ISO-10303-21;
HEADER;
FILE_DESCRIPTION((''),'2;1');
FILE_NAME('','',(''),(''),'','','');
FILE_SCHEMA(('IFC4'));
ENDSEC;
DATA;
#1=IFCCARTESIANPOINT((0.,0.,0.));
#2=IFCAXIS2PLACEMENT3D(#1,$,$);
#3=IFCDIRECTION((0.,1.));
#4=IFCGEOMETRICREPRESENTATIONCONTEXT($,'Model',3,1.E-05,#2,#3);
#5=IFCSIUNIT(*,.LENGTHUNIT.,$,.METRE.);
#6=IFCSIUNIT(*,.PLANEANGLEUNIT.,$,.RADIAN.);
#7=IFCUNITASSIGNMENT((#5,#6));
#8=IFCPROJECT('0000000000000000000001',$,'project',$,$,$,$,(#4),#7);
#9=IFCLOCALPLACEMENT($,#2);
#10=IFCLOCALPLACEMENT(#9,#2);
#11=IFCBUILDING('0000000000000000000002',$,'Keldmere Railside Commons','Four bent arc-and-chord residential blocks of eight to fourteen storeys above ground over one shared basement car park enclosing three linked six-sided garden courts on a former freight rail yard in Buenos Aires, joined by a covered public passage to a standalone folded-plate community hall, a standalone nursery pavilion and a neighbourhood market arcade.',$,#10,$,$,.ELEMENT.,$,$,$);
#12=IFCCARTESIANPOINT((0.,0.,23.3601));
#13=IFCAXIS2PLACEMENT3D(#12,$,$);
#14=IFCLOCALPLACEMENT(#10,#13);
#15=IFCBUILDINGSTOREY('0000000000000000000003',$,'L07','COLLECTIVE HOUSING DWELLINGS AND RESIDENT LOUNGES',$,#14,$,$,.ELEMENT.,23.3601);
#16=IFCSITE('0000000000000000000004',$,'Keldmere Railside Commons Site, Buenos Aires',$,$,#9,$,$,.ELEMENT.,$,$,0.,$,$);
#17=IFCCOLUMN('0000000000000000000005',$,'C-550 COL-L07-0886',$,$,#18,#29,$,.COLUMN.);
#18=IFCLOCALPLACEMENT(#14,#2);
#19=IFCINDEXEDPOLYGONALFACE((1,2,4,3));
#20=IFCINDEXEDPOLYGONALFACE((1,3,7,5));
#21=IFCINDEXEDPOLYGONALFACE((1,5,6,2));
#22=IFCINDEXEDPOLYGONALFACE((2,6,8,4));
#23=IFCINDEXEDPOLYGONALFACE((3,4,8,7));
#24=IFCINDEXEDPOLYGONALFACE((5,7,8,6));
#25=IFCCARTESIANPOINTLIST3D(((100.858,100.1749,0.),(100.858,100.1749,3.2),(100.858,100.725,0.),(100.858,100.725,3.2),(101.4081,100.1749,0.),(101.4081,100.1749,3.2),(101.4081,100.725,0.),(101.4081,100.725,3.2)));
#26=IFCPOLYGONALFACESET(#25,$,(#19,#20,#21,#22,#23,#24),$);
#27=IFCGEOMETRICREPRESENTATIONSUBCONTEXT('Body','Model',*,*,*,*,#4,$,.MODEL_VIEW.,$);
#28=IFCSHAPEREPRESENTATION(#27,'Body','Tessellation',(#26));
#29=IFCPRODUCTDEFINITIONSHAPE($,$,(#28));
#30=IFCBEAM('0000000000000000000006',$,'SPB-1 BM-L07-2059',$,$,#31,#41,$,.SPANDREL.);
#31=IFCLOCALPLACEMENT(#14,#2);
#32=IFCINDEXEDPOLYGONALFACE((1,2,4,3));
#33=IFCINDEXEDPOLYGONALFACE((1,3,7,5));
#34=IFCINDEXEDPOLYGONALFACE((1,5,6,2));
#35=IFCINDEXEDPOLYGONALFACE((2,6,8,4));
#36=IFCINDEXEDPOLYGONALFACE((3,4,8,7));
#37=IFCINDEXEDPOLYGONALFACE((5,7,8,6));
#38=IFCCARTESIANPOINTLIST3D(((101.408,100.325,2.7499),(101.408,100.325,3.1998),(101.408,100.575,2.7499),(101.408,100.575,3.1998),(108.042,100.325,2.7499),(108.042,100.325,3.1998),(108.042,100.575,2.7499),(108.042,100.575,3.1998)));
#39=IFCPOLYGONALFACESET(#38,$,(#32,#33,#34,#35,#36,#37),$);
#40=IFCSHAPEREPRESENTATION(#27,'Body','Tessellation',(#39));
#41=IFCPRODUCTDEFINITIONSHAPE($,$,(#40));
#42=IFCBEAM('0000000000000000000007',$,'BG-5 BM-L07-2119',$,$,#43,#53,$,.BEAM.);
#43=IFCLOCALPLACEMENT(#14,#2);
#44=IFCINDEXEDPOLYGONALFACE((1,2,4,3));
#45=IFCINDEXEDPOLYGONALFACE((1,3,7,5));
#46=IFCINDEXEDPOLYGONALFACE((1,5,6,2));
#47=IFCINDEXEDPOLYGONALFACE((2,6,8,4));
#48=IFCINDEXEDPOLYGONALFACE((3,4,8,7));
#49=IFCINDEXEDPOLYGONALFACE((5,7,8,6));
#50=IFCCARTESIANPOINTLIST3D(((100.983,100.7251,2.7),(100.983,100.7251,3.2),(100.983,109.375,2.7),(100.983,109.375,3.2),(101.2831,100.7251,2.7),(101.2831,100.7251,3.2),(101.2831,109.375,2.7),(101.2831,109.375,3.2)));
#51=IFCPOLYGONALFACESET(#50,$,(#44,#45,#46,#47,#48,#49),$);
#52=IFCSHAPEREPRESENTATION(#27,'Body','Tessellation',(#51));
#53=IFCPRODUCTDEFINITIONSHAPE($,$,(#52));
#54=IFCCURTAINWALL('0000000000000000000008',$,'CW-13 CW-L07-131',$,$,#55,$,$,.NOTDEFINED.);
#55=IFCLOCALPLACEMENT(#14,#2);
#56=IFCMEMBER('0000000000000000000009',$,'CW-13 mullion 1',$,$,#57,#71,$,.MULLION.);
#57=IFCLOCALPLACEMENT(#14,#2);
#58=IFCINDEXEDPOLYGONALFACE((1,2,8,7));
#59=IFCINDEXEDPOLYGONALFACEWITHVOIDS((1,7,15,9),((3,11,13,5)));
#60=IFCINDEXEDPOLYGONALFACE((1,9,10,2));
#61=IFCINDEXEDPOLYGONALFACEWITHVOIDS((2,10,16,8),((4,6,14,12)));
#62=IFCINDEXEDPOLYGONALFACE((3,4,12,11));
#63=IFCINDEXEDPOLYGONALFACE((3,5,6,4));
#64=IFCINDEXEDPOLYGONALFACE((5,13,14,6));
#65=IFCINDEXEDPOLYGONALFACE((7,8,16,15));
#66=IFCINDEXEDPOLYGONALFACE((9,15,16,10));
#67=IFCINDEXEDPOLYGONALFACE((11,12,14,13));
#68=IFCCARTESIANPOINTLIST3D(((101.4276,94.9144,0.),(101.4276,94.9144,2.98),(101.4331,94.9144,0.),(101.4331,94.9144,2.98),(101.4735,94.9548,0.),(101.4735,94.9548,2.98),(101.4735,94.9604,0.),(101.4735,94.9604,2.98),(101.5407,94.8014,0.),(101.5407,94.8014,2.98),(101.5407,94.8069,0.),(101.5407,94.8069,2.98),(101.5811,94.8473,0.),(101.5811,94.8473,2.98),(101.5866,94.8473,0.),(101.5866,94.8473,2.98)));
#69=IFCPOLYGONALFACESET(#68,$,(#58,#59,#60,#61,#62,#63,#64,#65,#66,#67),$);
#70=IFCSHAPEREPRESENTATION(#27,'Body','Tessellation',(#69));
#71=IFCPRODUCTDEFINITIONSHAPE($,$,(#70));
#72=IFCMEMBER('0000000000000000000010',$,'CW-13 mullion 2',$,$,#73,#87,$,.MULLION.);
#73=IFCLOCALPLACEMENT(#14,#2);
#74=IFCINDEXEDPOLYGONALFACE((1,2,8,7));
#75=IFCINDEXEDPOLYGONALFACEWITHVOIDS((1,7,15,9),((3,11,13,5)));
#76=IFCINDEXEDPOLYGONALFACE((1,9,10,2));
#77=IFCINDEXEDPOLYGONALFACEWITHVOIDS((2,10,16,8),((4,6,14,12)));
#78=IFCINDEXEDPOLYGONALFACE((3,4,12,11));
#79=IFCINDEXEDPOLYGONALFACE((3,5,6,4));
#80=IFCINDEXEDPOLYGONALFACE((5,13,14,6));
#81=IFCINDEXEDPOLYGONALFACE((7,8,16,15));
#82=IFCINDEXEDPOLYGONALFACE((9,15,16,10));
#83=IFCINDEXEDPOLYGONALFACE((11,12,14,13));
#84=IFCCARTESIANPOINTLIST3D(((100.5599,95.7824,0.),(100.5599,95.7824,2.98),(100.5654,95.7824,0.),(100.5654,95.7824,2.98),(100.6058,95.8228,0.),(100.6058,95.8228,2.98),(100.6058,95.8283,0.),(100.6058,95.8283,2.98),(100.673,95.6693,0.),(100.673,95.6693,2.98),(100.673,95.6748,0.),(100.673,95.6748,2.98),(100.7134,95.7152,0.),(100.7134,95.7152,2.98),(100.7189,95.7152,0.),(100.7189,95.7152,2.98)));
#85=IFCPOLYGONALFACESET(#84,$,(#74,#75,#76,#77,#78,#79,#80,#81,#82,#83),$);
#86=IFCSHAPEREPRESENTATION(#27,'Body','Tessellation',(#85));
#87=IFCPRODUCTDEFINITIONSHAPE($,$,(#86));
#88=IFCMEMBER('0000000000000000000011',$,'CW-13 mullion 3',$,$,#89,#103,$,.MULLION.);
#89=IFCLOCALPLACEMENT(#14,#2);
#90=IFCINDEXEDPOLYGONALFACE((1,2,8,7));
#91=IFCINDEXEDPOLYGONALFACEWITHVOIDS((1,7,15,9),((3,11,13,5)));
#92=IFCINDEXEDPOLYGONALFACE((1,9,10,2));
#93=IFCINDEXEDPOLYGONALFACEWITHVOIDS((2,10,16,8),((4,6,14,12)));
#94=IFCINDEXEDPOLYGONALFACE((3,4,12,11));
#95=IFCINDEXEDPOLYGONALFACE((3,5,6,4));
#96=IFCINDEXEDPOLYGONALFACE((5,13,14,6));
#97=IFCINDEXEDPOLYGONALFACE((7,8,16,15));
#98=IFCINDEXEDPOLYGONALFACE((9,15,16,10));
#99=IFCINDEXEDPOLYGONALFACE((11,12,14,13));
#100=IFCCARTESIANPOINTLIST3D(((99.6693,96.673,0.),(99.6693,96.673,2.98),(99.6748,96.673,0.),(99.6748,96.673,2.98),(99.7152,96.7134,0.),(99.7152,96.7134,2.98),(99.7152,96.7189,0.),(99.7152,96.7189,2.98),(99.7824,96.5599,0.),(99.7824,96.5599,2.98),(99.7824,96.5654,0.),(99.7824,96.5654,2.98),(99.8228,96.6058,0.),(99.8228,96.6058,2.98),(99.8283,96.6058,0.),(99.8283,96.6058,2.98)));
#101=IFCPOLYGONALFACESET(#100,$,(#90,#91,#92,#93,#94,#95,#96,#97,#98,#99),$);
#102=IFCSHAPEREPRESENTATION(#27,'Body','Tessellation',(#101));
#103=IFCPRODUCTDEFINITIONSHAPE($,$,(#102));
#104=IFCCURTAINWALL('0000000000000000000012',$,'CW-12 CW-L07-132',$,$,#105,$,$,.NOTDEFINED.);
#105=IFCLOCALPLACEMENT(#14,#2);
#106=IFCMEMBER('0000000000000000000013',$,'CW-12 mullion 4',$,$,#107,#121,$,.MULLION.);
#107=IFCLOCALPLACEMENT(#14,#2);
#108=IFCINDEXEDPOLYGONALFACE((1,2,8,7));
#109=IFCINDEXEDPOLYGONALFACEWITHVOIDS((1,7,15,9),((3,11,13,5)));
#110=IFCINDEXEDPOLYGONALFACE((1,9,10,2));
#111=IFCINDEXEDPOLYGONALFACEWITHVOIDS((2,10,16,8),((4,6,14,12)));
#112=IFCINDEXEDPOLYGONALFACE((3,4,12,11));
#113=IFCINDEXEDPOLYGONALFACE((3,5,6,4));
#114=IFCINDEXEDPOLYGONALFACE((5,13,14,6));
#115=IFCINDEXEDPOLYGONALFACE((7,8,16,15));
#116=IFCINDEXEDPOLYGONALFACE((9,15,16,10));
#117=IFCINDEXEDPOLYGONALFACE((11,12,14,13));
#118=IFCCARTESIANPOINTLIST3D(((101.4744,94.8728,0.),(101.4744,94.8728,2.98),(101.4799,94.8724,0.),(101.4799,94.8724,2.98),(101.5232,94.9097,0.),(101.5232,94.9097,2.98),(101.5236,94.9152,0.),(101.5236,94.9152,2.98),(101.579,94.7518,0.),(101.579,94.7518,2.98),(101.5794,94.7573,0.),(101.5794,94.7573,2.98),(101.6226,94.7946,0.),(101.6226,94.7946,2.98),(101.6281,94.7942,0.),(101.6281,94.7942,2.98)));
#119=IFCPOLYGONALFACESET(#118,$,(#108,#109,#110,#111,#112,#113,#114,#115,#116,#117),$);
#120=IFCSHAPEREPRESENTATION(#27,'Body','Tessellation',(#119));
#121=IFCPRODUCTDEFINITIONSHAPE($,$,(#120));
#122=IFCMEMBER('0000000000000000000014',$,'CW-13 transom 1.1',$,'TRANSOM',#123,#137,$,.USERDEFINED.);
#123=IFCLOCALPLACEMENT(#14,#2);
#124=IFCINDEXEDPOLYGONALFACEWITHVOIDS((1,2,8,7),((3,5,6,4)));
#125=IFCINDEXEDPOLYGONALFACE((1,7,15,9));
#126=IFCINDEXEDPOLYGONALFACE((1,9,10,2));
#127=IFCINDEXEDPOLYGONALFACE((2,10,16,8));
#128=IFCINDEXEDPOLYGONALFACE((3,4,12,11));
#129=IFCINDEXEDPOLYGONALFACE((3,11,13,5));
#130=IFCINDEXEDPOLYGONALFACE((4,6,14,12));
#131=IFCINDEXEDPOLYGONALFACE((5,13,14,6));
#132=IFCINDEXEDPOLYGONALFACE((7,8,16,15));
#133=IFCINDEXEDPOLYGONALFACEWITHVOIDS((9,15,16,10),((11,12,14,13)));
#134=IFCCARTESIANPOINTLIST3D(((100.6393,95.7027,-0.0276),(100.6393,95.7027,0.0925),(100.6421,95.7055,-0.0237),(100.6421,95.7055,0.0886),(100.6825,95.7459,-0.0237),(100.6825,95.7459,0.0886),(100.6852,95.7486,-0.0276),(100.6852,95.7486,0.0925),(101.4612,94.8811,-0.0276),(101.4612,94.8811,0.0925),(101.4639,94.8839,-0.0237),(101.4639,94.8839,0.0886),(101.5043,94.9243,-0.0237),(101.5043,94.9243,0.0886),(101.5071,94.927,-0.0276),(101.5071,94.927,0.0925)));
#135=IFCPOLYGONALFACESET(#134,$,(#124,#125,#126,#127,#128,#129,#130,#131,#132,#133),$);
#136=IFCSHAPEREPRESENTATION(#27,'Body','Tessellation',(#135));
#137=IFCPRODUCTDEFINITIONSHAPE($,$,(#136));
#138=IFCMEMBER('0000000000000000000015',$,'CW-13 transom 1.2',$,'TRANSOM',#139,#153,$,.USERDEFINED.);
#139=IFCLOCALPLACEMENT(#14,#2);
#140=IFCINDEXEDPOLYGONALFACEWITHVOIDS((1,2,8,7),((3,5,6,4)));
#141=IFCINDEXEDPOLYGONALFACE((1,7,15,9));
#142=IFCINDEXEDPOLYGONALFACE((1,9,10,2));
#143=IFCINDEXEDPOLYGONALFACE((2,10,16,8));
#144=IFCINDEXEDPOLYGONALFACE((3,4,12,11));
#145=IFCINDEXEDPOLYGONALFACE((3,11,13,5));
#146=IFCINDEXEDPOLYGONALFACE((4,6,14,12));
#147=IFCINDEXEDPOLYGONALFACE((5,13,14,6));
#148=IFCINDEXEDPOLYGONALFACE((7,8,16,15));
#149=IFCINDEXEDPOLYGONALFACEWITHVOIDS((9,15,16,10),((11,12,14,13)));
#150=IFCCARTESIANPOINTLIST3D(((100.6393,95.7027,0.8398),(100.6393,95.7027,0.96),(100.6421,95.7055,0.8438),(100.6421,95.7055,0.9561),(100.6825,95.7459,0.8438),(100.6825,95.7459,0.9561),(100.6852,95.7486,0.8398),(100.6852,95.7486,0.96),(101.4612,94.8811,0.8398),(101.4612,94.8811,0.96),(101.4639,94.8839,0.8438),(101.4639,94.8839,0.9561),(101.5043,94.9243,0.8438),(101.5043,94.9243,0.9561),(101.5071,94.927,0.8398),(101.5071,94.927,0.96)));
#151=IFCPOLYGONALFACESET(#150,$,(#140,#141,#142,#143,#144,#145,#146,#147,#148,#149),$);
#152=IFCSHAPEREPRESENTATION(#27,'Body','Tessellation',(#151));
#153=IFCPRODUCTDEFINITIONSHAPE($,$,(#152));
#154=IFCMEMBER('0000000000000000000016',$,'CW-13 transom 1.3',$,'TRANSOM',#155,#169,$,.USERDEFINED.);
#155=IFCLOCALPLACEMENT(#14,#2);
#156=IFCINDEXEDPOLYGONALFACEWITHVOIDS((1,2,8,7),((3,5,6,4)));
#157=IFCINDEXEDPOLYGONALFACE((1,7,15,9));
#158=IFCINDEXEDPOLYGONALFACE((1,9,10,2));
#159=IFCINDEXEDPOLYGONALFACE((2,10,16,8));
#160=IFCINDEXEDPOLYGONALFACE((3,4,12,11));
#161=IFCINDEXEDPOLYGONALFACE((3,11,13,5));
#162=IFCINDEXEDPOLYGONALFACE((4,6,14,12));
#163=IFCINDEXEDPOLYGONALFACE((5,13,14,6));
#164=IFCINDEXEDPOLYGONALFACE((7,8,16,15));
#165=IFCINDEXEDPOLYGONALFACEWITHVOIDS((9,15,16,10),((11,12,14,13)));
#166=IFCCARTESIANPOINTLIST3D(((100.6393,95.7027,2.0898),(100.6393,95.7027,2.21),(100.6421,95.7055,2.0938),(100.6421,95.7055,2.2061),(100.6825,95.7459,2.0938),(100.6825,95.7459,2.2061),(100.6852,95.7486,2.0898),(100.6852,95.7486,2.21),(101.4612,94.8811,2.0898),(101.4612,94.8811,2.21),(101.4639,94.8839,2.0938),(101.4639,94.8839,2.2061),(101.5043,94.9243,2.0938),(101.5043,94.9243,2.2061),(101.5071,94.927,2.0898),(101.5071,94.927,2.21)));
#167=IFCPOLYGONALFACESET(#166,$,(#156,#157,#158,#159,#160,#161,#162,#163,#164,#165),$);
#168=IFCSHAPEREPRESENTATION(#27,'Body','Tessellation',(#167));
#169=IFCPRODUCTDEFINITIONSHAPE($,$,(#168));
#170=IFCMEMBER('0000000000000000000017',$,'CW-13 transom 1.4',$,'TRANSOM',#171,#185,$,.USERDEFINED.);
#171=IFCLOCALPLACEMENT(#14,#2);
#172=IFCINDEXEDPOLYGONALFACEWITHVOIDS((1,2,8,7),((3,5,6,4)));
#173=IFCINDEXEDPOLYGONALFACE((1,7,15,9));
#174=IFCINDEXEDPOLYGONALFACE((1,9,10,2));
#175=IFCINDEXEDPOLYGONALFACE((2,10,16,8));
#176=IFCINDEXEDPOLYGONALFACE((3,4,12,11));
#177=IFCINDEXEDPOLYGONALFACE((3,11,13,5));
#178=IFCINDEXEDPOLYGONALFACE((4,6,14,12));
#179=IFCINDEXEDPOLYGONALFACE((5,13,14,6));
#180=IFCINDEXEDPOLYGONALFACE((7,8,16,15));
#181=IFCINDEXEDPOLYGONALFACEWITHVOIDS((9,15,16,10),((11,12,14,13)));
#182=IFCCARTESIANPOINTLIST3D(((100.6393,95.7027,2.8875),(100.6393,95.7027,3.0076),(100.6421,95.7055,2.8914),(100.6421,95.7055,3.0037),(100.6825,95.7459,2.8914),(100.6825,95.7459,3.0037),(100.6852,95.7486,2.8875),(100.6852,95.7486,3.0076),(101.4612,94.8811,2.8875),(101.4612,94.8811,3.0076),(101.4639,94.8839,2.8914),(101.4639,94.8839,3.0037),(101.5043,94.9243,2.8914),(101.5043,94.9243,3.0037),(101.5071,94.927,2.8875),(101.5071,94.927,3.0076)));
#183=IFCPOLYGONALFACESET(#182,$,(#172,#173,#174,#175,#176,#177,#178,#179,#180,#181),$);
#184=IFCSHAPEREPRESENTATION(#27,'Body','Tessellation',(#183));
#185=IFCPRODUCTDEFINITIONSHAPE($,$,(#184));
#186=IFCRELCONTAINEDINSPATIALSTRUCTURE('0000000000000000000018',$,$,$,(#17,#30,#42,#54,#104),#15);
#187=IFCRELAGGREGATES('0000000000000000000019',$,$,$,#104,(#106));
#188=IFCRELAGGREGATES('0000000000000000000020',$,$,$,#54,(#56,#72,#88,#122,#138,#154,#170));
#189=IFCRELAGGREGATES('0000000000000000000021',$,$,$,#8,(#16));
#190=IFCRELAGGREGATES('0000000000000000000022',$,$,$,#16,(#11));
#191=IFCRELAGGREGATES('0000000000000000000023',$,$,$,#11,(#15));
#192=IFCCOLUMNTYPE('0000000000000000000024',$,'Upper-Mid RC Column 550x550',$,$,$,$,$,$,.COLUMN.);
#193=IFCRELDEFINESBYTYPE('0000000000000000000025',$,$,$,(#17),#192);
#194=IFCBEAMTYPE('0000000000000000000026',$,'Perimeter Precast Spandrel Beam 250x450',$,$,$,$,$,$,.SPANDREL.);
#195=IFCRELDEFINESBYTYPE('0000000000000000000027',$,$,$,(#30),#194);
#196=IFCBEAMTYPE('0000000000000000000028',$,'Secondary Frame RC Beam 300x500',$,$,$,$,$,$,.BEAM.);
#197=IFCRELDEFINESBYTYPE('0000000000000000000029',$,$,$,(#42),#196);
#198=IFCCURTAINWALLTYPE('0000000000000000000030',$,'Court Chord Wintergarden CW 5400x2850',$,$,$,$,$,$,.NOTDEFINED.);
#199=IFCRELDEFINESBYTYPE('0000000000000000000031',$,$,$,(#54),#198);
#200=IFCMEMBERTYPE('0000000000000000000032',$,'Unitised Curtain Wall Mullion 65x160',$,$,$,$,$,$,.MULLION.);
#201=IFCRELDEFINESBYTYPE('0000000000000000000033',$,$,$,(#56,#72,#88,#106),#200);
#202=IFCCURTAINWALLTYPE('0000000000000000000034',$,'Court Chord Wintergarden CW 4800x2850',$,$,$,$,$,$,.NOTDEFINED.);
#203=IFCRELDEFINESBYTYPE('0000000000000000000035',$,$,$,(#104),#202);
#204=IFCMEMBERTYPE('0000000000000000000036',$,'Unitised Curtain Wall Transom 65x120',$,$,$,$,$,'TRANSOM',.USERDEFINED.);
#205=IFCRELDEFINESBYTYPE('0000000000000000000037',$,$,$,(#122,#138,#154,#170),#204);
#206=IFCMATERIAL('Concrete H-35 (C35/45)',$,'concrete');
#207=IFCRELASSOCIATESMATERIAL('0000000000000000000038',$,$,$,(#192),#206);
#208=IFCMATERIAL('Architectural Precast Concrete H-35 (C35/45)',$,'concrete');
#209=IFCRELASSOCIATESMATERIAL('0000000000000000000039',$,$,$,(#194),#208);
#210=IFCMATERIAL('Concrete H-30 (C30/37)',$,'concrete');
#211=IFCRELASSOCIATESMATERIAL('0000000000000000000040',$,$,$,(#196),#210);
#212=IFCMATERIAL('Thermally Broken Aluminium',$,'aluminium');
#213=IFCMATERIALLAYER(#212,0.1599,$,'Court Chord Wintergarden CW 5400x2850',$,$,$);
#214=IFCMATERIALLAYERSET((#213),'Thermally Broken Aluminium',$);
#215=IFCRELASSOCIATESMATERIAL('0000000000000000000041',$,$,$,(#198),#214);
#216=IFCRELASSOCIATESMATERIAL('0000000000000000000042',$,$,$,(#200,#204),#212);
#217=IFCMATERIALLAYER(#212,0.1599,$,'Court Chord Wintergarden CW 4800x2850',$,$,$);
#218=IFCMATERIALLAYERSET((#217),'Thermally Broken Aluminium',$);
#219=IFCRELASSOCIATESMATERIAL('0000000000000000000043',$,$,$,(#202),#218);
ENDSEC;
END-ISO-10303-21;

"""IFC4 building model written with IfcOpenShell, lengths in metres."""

from ifc_helpers import new_model, si_unit, direction, frame, origin, origin_2d, place, context, subcontext, project, spatial, rectangle, hollow_rectangle, extrude, material, layer, layer_set, material_profile, profile_set, type_object, element, aggregate, save


model = new_model("IFC4")

# Units and contexts
model_context = context("Model", 3, precision=1e-05, world=origin(), true_north=direction((0.0, 1.0)))
body_context = subcontext(model_context, "Body", "Model", "MODEL_VIEW")
ifc_project = project(units=[si_unit("LENGTHUNIT", "METRE"), si_unit("PLANEANGLEUNIT", "RADIAN")], contexts=[model_context])

# Site, building, storey
site_placement = place(None, origin())
site = spatial("IfcSite", under=ifc_project, at=site_placement, Name="Keldmere Railside Commons Site, Buenos Aires", CompositionType="ELEMENT", RefElevation=0.0)
building_placement = place(site_placement, origin())
building = spatial("IfcBuilding", under=site, at=building_placement, Name="Keldmere Railside Commons", Description="Four bent arc-and-chord residential blocks of eight to fourteen storeys above ground over one shared basement car park enclosing three linked six-sided garden courts on a former freight rail yard in Buenos Aires, joined by a covered public passage to a standalone folded-plate community hall, a standalone nursery pavilion and a neighbourhood market arcade.", CompositionType="ELEMENT")
storey_placement = place(building_placement, frame((0.0, 0.0, 23.3601)))
storey = spatial("IfcBuildingStorey", under=building, at=storey_placement, Name="L07", Description="COLLECTIVE HOUSING DWELLINGS AND RESIDENT LOUNGES", CompositionType="ELEMENT", Elevation=23.3601)

# Column
ifc_material_1 = material(Name="Concrete H-35 (C35/45)", Category="concrete")
ifc_material_profile_1 = material_profile(ifc_material_1, rectangle(XDim=0.55, YDim=0.55, at=origin_2d()), Name="RC-550x550")
ifc_profile_set_1 = profile_set([ifc_material_profile_1], Name="Concrete H-35 (C35/45)")
column_type = type_object("IfcColumnType", Name="Upper-Mid RC Column 550x550", PredefinedType="COLUMN", material=ifc_profile_set_1)
column_placement = place(storey_placement, frame((101.1331, 100.45, 0.0), z_axis=(0.0, 0.0, 1.0), x_axis=(1.0, 0.0, 0.0)))
element("IfcColumn", 1, at=column_placement, inside=storey, type_object=column_type, Name="C-550 COL-L07-0886", PredefinedType="COLUMN", context=body_context, shape_type="SweptSolid", body=[
    extrude(rectangle(XDim=0.55, YDim=0.55, at=origin_2d()), origin(), (0.0, 0.0, 1.0), 3.2),
])

# Beams
ifc_material_2 = material(Name="Architectural Precast Concrete H-35 (C35/45)", Category="concrete")
ifc_material_profile_2 = material_profile(ifc_material_2, rectangle(XDim=0.25, YDim=0.45, at=origin_2d()), Name="RC-250x450")
ifc_profile_set_2 = profile_set([ifc_material_profile_2], Name="Architectural Precast Concrete H-35 (C35/45)")
beam_type_1 = type_object("IfcBeamType", Name="Perimeter Precast Spandrel Beam 250x450", PredefinedType="SPANDREL", material=ifc_profile_set_2)
beam_1_placement = place(storey_placement, frame((101.408, 100.45, 2.9749), z_axis=(1.0, 0.0, 0.0), x_axis=(0.0, 1.0, 0.0)))
element("IfcBeam", 2, at=beam_1_placement, inside=storey, type_object=beam_type_1, Name="SPB-1 BM-L07-2059", PredefinedType="SPANDREL", context=body_context, shape_type="SweptSolid", body=[
    extrude(rectangle(XDim=0.25, YDim=0.45, at=origin_2d()), origin(), (0.0, 0.0, 1.0), 6.634),
])
ifc_material_3 = material(Name="Concrete H-30 (C30/37)", Category="concrete")
ifc_material_profile_3 = material_profile(ifc_material_3, rectangle(XDim=0.3, YDim=0.5, at=origin_2d()), Name="RC-300x500")
ifc_profile_set_3 = profile_set([ifc_material_profile_3], Name="Concrete H-30 (C30/37)")
beam_type_2 = type_object("IfcBeamType", Name="Secondary Frame RC Beam 300x500", PredefinedType="BEAM", material=ifc_profile_set_3)
beam_2_placement = place(storey_placement, frame((101.1331, 100.7251, 2.95), z_axis=(0.0, 1.0, 0.0), x_axis=(-1.0, 0.0, 0.0)))
element("IfcBeam", 3, at=beam_2_placement, inside=storey, type_object=beam_type_2, Name="BG-5 BM-L07-2119", PredefinedType="BEAM", context=body_context, shape_type="SweptSolid", body=[
    extrude(rectangle(XDim=0.3, YDim=0.5, at=origin_2d()), origin(), (0.0, 0.0, 1.0), 8.6499),
])

# Curtain wall, members
ifc_material_4 = material(Name="Thermally Broken Aluminium", Category="aluminium")
ifc_layer_1 = layer(ifc_material_4, 0.1599, Name="Court Chord Wintergarden CW 5400x2850")
ifc_layer_set_1 = layer_set([ifc_layer_1], Name="Thermally Broken Aluminium")
curtain_wall_type_1 = type_object("IfcCurtainWallType", Name="Court Chord Wintergarden CW 5400x2850", PredefinedType="NOTDEFINED", material=ifc_layer_set_1)
curtain_wall_1_placement = place(storey_placement, origin())
curtain_wall_1 = element("IfcCurtainWall", 4, at=curtain_wall_1_placement, inside=storey, type_object=curtain_wall_type_1, Name="CW-13 CW-L07-131", PredefinedType="NOTDEFINED")
ifc_material_profile_4 = material_profile(ifc_material_4, hollow_rectangle(XDim=0.0649, YDim=0.1599, WallThickness=0.0039, at=origin_2d()), Name="ALU-MULL-65x160")
ifc_profile_set_4 = profile_set([ifc_material_profile_4], Name="Thermally Broken Aluminium")
member_type_1 = type_object("IfcMemberType", Name="Unitised Curtain Wall Mullion 65x160", PredefinedType="MULLION", material=ifc_profile_set_4)
member_1_placement = place(storey_placement, frame((101.5071, 94.8809, 0.0), z_axis=(0.0, 0.0, 1.0), x_axis=(-0.707107, -0.707107, 0.0)))
member_1 = element("IfcMember", 5, at=member_1_placement, type_object=member_type_1, Name="CW-13 mullion 1", PredefinedType="MULLION", context=body_context, shape_type="SweptSolid", body=[
    extrude(hollow_rectangle(XDim=0.0649, YDim=0.1599, WallThickness=0.0039, at=origin_2d()), origin(), (0.0, 0.0, 1.0), 2.98),
])
member_2_placement = place(storey_placement, frame((100.6394, 95.7488, 0.0), z_axis=(0.0, 0.0, 1.0), x_axis=(-0.707107, -0.707107, 0.0)))
member_2 = element("IfcMember", 6, at=member_2_placement, type_object=member_type_1, Name="CW-13 mullion 2", PredefinedType="MULLION", context=body_context, shape_type="SweptSolid", body=[
    extrude(hollow_rectangle(XDim=0.0649, YDim=0.1599, WallThickness=0.0039, at=origin_2d()), origin(), (0.0, 0.0, 1.0), 2.98),
])
member_3_placement = place(storey_placement, frame((99.7488, 96.6394, 0.0), z_axis=(0.0, 0.0, 1.0), x_axis=(-0.707107, -0.707107, 0.0)))
member_3 = element("IfcMember", 7, at=member_3_placement, type_object=member_type_1, Name="CW-13 mullion 3", PredefinedType="MULLION", context=body_context, shape_type="SweptSolid", body=[
    extrude(hollow_rectangle(XDim=0.0649, YDim=0.1599, WallThickness=0.0039, at=origin_2d()), origin(), (0.0, 0.0, 1.0), 2.98),
])

# Curtain wall, member
ifc_layer_2 = layer(ifc_material_4, 0.1599, Name="Court Chord Wintergarden CW 4800x2850")
ifc_layer_set_2 = layer_set([ifc_layer_2], Name="Thermally Broken Aluminium")
curtain_wall_type_2 = type_object("IfcCurtainWallType", Name="Court Chord Wintergarden CW 4800x2850", PredefinedType="NOTDEFINED", material=ifc_layer_set_2)
curtain_wall_2_placement = place(storey_placement, origin())
curtain_wall_2 = element("IfcCurtainWall", 8, at=curtain_wall_2_placement, inside=storey, type_object=curtain_wall_type_2, Name="CW-12 CW-L07-132", PredefinedType="NOTDEFINED")
member_4_placement = place(storey_placement, frame((101.5513, 94.8335, 0.0), z_axis=(0.0, 0.0, 1.0), x_axis=(-0.756597, -0.653882, 0.0)))
member_4 = element("IfcMember", 9, at=member_4_placement, type_object=member_type_1, Name="CW-12 mullion 4", PredefinedType="MULLION", context=body_context, shape_type="SweptSolid", body=[
    extrude(hollow_rectangle(XDim=0.0649, YDim=0.1599, WallThickness=0.0039, at=origin_2d()), origin(), (0.0, 0.0, 1.0), 2.98),
])

# Members
ifc_material_profile_5 = material_profile(ifc_material_4, hollow_rectangle(XDim=0.0649, YDim=0.1201, WallThickness=0.0039, at=origin_2d()), Name="ALU-TRAN-65x120")
ifc_profile_set_5 = profile_set([ifc_material_profile_5], Name="Thermally Broken Aluminium")
member_type_2 = type_object("IfcMemberType", Name="Unitised Curtain Wall Transom 65x120", ElementType="TRANSOM", PredefinedType="USERDEFINED", material=ifc_profile_set_5)
member_5_placement = place(storey_placement, frame((101.4841, 94.9041, 0.0325), z_axis=(-0.707212, 0.707002, 0.0), x_axis=(-0.707002, -0.707212, 0.0)))
member_5 = element("IfcMember", 10, at=member_5_placement, type_object=member_type_2, Name="CW-13 transom 1.1", ObjectType="TRANSOM", PredefinedType="USERDEFINED", context=body_context, shape_type="SweptSolid", body=[
    extrude(hollow_rectangle(XDim=0.0649, YDim=0.1201, WallThickness=0.0039, at=origin_2d()), origin(), (0.0, 0.0, 1.0), 1.1621),
])
member_6_placement = place(storey_placement, frame((101.4841, 94.9041, 0.8999), z_axis=(-0.707212, 0.707002, 0.0), x_axis=(-0.707002, -0.707212, 0.0)))
member_6 = element("IfcMember", 11, at=member_6_placement, type_object=member_type_2, Name="CW-13 transom 1.2", ObjectType="TRANSOM", PredefinedType="USERDEFINED", context=body_context, shape_type="SweptSolid", body=[
    extrude(hollow_rectangle(XDim=0.0649, YDim=0.1201, WallThickness=0.0039, at=origin_2d()), origin(), (0.0, 0.0, 1.0), 1.1621),
])
member_7_placement = place(storey_placement, frame((101.4841, 94.9041, 2.1499), z_axis=(-0.707212, 0.707002, 0.0), x_axis=(-0.707002, -0.707212, 0.0)))
member_7 = element("IfcMember", 12, at=member_7_placement, type_object=member_type_2, Name="CW-13 transom 1.3", ObjectType="TRANSOM", PredefinedType="USERDEFINED", context=body_context, shape_type="SweptSolid", body=[
    extrude(hollow_rectangle(XDim=0.0649, YDim=0.1201, WallThickness=0.0039, at=origin_2d()), origin(), (0.0, 0.0, 1.0), 1.1621),
])
member_8_placement = place(storey_placement, frame((101.4841, 94.9041, 2.9475), z_axis=(-0.707212, 0.707002, 0.0), x_axis=(-0.707002, -0.707212, 0.0)))
member_8 = element("IfcMember", 13, at=member_8_placement, type_object=member_type_2, Name="CW-13 transom 1.4", ObjectType="TRANSOM", PredefinedType="USERDEFINED", context=body_context, shape_type="SweptSolid", body=[
    extrude(hollow_rectangle(XDim=0.0649, YDim=0.1201, WallThickness=0.0039, at=origin_2d()), origin(), (0.0, 0.0, 1.0), 1.1621),
])

aggregate(curtain_wall_2, [member_4])
aggregate(curtain_wall_1, [member_1, member_2, member_3, member_5, member_6, member_7, member_8])

save(model, "model.ifc")
